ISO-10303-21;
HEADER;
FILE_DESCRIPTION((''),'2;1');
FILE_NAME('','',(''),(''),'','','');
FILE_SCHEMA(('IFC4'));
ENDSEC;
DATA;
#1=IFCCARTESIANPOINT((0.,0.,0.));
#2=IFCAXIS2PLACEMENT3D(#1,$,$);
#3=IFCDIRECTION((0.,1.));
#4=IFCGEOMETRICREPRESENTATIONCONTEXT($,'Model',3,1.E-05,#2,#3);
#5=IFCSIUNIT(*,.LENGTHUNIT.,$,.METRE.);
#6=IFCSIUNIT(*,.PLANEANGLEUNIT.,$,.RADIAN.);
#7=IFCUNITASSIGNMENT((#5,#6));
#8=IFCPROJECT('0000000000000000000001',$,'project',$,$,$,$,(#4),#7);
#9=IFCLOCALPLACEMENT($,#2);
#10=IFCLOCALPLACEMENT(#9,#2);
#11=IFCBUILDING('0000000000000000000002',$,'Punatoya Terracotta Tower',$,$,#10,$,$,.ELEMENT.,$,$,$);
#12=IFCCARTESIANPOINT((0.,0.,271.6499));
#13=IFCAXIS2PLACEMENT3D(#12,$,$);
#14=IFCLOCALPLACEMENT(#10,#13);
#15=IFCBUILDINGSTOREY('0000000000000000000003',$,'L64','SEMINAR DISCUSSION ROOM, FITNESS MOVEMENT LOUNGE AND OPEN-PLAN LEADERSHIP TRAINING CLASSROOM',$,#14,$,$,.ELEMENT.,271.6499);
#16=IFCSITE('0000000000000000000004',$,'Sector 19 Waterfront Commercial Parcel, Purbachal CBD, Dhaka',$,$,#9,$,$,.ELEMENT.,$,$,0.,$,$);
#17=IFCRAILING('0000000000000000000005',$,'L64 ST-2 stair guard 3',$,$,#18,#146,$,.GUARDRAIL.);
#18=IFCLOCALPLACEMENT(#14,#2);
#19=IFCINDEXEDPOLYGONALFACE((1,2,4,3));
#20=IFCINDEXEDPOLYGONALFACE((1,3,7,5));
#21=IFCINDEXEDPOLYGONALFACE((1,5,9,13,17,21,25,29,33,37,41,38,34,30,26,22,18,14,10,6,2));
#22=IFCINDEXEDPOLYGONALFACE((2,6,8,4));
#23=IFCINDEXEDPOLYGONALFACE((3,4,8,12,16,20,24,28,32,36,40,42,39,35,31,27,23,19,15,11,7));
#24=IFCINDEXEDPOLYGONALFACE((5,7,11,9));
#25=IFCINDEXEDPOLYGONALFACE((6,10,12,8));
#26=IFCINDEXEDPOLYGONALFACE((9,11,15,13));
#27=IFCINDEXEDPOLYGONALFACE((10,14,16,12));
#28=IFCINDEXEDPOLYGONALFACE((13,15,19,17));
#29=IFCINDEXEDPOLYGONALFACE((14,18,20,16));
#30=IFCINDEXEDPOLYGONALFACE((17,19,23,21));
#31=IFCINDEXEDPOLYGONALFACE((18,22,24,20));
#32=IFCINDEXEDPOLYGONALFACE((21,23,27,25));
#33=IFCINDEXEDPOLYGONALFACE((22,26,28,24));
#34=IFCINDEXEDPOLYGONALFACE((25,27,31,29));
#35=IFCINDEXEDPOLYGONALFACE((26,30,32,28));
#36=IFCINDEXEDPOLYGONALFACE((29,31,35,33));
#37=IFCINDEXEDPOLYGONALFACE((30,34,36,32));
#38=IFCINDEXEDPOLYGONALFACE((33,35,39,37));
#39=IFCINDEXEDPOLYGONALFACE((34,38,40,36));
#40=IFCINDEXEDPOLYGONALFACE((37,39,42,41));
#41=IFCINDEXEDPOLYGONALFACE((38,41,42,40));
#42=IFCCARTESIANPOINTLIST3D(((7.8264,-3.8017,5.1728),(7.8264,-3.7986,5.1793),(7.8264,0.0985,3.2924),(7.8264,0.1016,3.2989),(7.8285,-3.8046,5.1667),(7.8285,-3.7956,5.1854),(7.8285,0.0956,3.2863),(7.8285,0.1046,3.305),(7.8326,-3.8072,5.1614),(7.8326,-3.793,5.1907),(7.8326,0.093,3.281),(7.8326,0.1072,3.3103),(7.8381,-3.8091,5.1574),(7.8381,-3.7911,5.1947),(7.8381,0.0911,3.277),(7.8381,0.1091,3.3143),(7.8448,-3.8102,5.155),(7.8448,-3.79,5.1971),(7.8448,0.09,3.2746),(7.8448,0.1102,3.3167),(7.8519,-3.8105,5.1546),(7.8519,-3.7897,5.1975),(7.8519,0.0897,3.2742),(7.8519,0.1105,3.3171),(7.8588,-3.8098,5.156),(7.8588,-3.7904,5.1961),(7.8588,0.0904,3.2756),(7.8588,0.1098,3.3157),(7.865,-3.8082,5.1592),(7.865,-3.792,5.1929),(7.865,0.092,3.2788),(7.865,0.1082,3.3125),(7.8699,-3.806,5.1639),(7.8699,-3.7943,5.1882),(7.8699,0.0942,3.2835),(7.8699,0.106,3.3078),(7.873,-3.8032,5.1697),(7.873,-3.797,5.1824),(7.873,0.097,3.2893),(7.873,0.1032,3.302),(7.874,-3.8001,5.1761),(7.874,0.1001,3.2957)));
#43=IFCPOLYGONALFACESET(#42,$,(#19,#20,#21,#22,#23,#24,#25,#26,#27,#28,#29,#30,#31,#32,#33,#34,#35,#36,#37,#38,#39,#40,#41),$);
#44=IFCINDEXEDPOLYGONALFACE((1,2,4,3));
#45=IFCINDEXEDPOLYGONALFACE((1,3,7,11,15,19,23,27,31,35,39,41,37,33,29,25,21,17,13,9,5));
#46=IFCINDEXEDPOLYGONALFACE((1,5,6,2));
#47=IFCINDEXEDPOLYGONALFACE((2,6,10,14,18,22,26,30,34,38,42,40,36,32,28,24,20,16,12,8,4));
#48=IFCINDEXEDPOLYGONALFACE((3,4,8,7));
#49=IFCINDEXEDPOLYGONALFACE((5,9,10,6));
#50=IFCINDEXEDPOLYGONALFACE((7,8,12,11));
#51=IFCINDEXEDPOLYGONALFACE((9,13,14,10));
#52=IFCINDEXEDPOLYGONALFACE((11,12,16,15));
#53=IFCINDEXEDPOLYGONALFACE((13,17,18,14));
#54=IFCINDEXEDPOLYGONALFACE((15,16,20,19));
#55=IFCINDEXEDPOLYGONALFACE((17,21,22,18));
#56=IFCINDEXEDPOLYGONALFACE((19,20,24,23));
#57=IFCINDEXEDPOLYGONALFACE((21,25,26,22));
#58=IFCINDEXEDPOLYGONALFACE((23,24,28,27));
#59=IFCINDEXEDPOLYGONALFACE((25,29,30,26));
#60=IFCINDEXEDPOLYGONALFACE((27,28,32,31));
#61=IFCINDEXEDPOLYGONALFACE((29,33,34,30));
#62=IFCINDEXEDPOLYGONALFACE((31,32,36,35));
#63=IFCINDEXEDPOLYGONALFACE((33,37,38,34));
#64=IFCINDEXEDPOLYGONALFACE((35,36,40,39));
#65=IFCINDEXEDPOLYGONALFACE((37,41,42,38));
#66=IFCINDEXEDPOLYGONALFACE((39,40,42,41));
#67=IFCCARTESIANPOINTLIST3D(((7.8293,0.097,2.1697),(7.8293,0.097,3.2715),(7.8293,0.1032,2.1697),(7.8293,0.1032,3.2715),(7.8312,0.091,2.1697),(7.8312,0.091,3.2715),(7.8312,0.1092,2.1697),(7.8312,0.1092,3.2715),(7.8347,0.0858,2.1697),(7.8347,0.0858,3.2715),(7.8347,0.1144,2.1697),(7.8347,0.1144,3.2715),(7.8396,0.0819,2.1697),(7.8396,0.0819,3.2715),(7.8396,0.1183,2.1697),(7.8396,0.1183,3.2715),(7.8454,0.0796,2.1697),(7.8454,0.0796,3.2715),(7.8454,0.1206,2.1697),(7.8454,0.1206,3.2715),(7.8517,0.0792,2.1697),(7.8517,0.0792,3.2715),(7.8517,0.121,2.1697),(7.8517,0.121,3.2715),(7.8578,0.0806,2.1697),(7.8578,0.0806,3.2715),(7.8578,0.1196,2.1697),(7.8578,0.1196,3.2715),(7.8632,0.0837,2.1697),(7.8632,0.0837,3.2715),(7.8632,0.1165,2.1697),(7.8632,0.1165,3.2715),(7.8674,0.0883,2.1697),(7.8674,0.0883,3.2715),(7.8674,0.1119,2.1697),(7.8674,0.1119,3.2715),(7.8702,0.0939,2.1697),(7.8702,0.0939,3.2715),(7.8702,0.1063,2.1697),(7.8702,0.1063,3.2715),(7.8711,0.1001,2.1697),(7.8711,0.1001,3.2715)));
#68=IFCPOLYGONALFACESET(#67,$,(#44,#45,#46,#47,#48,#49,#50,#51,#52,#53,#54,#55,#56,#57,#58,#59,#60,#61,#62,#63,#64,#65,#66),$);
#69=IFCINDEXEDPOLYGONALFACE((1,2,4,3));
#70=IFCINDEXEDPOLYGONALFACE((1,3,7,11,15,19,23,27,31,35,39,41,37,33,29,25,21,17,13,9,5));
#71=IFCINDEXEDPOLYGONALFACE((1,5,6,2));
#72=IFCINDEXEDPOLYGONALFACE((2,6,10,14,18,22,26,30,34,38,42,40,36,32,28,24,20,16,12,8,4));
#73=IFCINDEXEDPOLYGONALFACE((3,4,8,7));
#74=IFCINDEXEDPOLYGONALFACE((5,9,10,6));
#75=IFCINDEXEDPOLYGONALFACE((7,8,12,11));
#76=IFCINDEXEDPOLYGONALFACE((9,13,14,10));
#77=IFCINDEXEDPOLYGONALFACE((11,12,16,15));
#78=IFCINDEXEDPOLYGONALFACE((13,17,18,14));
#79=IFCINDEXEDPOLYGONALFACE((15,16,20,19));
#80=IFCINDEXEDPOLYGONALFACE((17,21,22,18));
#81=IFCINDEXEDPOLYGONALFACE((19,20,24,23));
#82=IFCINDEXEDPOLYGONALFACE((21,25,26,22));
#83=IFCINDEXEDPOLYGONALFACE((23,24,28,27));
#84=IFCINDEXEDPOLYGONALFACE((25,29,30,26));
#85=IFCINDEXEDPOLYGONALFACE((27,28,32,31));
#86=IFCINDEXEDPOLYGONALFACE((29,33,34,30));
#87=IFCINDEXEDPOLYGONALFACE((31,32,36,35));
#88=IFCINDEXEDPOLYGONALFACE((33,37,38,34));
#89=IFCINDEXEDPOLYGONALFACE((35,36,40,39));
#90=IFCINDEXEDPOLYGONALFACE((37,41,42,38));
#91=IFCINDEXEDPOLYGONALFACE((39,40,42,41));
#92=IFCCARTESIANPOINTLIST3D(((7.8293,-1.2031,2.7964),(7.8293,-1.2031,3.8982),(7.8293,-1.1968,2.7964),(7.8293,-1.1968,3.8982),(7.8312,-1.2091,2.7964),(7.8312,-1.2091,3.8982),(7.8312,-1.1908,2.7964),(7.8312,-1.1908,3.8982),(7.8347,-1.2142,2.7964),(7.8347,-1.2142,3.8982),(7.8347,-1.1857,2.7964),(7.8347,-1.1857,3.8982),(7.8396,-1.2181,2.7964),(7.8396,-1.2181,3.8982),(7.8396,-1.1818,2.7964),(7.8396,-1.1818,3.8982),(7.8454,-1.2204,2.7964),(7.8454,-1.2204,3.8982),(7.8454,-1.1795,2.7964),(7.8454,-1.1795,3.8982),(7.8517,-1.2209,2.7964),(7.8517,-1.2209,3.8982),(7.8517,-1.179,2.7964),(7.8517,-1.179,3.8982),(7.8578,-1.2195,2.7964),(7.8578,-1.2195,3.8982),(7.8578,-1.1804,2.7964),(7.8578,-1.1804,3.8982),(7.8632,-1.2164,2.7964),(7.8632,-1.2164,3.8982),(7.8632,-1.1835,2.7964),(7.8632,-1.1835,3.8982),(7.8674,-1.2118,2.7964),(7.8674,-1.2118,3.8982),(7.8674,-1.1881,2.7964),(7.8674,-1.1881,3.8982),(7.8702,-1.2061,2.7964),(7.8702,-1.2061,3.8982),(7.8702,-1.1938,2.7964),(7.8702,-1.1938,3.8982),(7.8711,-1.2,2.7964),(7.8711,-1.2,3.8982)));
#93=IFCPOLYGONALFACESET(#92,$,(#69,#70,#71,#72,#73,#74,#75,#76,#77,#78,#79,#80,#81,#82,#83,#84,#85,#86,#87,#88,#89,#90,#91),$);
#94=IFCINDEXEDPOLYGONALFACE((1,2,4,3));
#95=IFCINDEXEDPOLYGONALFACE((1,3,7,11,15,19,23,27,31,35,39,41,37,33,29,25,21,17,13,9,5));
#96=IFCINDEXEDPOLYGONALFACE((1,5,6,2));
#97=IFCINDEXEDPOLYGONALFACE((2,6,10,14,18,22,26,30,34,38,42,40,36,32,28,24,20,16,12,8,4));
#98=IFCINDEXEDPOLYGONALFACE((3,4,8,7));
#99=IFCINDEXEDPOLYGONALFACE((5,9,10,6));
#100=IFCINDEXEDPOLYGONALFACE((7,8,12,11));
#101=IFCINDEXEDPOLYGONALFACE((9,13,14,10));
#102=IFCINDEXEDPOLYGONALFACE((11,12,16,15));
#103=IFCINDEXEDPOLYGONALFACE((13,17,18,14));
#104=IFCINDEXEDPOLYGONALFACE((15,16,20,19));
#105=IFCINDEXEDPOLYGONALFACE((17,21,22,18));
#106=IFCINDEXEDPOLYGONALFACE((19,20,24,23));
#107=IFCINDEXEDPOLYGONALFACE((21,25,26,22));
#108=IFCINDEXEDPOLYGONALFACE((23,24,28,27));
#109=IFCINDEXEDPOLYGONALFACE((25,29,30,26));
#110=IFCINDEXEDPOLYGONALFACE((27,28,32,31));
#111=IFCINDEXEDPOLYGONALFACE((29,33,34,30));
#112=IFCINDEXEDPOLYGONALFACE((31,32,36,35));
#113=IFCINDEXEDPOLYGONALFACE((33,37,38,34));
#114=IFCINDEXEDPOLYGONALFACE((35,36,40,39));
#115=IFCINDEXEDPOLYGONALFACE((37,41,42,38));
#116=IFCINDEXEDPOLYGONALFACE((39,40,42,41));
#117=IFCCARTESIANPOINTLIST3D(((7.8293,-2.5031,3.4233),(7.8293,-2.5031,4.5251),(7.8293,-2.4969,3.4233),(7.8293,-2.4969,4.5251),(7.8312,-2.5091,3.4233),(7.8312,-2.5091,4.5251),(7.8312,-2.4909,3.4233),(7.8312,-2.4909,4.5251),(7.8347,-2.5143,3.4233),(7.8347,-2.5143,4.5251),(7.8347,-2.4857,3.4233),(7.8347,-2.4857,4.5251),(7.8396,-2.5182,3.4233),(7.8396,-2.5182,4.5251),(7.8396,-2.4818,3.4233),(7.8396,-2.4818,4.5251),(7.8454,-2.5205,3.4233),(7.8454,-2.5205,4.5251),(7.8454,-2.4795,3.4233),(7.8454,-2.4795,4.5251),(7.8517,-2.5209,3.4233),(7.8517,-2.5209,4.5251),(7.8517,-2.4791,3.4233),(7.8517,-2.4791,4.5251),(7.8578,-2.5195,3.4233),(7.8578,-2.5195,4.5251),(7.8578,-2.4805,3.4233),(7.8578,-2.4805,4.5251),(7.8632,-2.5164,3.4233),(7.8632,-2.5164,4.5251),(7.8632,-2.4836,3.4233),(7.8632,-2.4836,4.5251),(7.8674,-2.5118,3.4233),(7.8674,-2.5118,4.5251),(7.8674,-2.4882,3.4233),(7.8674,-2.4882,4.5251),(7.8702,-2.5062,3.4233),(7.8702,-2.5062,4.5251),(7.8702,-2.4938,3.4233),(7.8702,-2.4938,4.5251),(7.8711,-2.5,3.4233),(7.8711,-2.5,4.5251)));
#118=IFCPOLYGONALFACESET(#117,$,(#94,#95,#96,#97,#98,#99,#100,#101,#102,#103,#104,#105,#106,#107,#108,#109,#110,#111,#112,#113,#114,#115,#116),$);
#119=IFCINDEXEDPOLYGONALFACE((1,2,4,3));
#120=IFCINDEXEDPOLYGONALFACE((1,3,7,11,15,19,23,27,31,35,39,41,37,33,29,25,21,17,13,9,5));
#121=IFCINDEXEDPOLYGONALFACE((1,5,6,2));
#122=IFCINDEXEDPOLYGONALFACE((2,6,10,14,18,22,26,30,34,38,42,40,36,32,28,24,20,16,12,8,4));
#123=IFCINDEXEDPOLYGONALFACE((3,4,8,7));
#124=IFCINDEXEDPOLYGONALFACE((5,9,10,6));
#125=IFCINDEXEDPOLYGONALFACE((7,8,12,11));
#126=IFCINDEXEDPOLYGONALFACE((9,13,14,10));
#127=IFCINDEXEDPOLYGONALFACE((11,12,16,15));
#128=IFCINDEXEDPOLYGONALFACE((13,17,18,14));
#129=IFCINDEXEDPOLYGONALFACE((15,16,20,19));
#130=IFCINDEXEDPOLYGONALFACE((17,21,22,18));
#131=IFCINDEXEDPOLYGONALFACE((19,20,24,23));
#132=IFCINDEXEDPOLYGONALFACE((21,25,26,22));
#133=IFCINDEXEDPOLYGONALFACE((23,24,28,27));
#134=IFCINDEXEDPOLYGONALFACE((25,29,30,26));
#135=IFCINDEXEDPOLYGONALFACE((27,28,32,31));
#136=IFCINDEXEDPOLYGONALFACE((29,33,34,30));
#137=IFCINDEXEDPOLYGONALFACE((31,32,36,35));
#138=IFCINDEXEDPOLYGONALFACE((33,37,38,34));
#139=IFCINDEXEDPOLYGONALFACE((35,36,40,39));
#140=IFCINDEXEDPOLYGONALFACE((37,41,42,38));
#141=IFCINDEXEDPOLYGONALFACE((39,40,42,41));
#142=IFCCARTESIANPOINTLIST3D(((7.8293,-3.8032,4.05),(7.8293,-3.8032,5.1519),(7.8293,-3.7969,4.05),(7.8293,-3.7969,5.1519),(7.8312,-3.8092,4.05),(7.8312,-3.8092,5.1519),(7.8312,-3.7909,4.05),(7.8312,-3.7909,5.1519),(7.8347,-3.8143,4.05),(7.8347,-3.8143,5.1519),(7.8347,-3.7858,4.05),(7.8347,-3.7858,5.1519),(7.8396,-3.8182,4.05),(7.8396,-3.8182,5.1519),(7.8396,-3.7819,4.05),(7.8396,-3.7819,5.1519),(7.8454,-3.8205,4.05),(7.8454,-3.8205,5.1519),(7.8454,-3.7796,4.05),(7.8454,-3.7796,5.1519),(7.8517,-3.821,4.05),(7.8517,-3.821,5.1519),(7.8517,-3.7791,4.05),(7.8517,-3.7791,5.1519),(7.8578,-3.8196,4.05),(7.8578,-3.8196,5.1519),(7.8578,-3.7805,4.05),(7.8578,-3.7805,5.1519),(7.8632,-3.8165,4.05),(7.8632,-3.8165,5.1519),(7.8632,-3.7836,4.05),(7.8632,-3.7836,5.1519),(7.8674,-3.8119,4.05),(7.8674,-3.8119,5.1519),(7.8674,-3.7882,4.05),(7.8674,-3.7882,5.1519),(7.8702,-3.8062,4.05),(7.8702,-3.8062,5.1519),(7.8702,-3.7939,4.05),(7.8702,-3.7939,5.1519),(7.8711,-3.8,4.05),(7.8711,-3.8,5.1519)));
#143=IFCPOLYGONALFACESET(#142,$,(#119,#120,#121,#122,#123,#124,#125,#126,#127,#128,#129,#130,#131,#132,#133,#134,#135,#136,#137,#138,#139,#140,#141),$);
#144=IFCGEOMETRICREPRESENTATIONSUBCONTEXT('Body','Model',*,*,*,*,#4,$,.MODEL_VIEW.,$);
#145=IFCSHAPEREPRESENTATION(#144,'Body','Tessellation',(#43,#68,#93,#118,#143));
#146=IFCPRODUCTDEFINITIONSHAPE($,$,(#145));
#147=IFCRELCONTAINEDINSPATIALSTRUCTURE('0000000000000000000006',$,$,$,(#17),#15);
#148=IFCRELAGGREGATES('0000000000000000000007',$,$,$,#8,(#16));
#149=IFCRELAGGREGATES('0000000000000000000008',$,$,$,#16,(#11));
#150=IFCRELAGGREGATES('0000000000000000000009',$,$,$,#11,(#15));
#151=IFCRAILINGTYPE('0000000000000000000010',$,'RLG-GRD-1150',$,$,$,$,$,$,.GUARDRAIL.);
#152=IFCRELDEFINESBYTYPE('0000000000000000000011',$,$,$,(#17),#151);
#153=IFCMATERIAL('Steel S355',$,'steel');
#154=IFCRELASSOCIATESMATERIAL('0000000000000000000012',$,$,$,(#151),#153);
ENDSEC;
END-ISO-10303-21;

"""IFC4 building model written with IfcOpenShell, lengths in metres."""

from ifc_helpers import new_model, si_unit, direction, frame, origin, origin_2d, place, context, subcontext, project, spatial, circle, extrude, material, type_object, element, save


model = new_model("IFC4")

# Units and contexts
model_context = context("Model", 3, precision=1e-05, world=origin(), true_north=direction((0.0, 1.0)))
body_context = subcontext(model_context, "Body", "Model", "MODEL_VIEW")
ifc_project = project(units=[si_unit("LENGTHUNIT", "METRE"), si_unit("PLANEANGLEUNIT", "RADIAN")], contexts=[model_context])

# Site, building, storey
site_placement = place(None, origin())
site = spatial("IfcSite", under=ifc_project, at=site_placement, Name="Sector 19 Waterfront Commercial Parcel, Purbachal CBD, Dhaka", CompositionType="ELEMENT", RefElevation=0.0)
building_placement = place(site_placement, origin())
building = spatial("IfcBuilding", under=site, at=building_placement, Name="Punatoya Terracotta Tower", CompositionType="ELEMENT")
storey_placement = place(building_placement, frame((0.0, 0.0, 271.6499)))
storey = spatial("IfcBuildingStorey", under=building, at=storey_placement, Name="L64", Description="SEMINAR DISCUSSION ROOM, FITNESS MOVEMENT LOUNGE AND OPEN-PLAN LEADERSHIP TRAINING CLASSROOM", CompositionType="ELEMENT", Elevation=271.6499)

# Shared definitions
ifc_material_1 = material(Name="Steel S355", Category="steel")

# Railing
railing_type_1 = type_object("IfcRailingType", Name="RLG-GRD-1150", PredefinedType="GUARDRAIL", material=ifc_material_1)
railing_1_placement = place(storey_placement, frame((7.8501, 0.1001, 2.1697)))
element("IfcRailing", 1, at=railing_1_placement, inside=storey, type_object=railing_type_1, Name="L64 ST-2 stair guard 3", PredefinedType="GUARDRAIL", context=body_context, shape_type="SweptSolid", body=[
    extrude(circle(Radius=0.0239, at=origin_2d()), frame((0.0, 0.0, 1.126), z_axis=(0.0, -0.900774, 0.434289), x_axis=(1.0, 0.0, 0.0)), (0.0, 0.0, 1.0), 4.3298),
    extrude(circle(Radius=0.021, at=origin_2d()), origin(), (0.0, 0.0, 1.0), 1.1018),
    extrude(circle(Radius=0.021, at=origin_2d()), frame((0.0, -1.3, 0.6267)), (0.0, 0.0, 1.0), 1.1018),
    extrude(circle(Radius=0.021, at=origin_2d()), frame((0.0, -2.6001, 1.2537)), (0.0, 0.0, 1.0), 1.1018),
    extrude(circle(Radius=0.021, at=origin_2d()), frame((0.0, -3.9001, 1.8804)), (0.0, 0.0, 1.0), 1.1018),
])

save(model, "model.ifc")
